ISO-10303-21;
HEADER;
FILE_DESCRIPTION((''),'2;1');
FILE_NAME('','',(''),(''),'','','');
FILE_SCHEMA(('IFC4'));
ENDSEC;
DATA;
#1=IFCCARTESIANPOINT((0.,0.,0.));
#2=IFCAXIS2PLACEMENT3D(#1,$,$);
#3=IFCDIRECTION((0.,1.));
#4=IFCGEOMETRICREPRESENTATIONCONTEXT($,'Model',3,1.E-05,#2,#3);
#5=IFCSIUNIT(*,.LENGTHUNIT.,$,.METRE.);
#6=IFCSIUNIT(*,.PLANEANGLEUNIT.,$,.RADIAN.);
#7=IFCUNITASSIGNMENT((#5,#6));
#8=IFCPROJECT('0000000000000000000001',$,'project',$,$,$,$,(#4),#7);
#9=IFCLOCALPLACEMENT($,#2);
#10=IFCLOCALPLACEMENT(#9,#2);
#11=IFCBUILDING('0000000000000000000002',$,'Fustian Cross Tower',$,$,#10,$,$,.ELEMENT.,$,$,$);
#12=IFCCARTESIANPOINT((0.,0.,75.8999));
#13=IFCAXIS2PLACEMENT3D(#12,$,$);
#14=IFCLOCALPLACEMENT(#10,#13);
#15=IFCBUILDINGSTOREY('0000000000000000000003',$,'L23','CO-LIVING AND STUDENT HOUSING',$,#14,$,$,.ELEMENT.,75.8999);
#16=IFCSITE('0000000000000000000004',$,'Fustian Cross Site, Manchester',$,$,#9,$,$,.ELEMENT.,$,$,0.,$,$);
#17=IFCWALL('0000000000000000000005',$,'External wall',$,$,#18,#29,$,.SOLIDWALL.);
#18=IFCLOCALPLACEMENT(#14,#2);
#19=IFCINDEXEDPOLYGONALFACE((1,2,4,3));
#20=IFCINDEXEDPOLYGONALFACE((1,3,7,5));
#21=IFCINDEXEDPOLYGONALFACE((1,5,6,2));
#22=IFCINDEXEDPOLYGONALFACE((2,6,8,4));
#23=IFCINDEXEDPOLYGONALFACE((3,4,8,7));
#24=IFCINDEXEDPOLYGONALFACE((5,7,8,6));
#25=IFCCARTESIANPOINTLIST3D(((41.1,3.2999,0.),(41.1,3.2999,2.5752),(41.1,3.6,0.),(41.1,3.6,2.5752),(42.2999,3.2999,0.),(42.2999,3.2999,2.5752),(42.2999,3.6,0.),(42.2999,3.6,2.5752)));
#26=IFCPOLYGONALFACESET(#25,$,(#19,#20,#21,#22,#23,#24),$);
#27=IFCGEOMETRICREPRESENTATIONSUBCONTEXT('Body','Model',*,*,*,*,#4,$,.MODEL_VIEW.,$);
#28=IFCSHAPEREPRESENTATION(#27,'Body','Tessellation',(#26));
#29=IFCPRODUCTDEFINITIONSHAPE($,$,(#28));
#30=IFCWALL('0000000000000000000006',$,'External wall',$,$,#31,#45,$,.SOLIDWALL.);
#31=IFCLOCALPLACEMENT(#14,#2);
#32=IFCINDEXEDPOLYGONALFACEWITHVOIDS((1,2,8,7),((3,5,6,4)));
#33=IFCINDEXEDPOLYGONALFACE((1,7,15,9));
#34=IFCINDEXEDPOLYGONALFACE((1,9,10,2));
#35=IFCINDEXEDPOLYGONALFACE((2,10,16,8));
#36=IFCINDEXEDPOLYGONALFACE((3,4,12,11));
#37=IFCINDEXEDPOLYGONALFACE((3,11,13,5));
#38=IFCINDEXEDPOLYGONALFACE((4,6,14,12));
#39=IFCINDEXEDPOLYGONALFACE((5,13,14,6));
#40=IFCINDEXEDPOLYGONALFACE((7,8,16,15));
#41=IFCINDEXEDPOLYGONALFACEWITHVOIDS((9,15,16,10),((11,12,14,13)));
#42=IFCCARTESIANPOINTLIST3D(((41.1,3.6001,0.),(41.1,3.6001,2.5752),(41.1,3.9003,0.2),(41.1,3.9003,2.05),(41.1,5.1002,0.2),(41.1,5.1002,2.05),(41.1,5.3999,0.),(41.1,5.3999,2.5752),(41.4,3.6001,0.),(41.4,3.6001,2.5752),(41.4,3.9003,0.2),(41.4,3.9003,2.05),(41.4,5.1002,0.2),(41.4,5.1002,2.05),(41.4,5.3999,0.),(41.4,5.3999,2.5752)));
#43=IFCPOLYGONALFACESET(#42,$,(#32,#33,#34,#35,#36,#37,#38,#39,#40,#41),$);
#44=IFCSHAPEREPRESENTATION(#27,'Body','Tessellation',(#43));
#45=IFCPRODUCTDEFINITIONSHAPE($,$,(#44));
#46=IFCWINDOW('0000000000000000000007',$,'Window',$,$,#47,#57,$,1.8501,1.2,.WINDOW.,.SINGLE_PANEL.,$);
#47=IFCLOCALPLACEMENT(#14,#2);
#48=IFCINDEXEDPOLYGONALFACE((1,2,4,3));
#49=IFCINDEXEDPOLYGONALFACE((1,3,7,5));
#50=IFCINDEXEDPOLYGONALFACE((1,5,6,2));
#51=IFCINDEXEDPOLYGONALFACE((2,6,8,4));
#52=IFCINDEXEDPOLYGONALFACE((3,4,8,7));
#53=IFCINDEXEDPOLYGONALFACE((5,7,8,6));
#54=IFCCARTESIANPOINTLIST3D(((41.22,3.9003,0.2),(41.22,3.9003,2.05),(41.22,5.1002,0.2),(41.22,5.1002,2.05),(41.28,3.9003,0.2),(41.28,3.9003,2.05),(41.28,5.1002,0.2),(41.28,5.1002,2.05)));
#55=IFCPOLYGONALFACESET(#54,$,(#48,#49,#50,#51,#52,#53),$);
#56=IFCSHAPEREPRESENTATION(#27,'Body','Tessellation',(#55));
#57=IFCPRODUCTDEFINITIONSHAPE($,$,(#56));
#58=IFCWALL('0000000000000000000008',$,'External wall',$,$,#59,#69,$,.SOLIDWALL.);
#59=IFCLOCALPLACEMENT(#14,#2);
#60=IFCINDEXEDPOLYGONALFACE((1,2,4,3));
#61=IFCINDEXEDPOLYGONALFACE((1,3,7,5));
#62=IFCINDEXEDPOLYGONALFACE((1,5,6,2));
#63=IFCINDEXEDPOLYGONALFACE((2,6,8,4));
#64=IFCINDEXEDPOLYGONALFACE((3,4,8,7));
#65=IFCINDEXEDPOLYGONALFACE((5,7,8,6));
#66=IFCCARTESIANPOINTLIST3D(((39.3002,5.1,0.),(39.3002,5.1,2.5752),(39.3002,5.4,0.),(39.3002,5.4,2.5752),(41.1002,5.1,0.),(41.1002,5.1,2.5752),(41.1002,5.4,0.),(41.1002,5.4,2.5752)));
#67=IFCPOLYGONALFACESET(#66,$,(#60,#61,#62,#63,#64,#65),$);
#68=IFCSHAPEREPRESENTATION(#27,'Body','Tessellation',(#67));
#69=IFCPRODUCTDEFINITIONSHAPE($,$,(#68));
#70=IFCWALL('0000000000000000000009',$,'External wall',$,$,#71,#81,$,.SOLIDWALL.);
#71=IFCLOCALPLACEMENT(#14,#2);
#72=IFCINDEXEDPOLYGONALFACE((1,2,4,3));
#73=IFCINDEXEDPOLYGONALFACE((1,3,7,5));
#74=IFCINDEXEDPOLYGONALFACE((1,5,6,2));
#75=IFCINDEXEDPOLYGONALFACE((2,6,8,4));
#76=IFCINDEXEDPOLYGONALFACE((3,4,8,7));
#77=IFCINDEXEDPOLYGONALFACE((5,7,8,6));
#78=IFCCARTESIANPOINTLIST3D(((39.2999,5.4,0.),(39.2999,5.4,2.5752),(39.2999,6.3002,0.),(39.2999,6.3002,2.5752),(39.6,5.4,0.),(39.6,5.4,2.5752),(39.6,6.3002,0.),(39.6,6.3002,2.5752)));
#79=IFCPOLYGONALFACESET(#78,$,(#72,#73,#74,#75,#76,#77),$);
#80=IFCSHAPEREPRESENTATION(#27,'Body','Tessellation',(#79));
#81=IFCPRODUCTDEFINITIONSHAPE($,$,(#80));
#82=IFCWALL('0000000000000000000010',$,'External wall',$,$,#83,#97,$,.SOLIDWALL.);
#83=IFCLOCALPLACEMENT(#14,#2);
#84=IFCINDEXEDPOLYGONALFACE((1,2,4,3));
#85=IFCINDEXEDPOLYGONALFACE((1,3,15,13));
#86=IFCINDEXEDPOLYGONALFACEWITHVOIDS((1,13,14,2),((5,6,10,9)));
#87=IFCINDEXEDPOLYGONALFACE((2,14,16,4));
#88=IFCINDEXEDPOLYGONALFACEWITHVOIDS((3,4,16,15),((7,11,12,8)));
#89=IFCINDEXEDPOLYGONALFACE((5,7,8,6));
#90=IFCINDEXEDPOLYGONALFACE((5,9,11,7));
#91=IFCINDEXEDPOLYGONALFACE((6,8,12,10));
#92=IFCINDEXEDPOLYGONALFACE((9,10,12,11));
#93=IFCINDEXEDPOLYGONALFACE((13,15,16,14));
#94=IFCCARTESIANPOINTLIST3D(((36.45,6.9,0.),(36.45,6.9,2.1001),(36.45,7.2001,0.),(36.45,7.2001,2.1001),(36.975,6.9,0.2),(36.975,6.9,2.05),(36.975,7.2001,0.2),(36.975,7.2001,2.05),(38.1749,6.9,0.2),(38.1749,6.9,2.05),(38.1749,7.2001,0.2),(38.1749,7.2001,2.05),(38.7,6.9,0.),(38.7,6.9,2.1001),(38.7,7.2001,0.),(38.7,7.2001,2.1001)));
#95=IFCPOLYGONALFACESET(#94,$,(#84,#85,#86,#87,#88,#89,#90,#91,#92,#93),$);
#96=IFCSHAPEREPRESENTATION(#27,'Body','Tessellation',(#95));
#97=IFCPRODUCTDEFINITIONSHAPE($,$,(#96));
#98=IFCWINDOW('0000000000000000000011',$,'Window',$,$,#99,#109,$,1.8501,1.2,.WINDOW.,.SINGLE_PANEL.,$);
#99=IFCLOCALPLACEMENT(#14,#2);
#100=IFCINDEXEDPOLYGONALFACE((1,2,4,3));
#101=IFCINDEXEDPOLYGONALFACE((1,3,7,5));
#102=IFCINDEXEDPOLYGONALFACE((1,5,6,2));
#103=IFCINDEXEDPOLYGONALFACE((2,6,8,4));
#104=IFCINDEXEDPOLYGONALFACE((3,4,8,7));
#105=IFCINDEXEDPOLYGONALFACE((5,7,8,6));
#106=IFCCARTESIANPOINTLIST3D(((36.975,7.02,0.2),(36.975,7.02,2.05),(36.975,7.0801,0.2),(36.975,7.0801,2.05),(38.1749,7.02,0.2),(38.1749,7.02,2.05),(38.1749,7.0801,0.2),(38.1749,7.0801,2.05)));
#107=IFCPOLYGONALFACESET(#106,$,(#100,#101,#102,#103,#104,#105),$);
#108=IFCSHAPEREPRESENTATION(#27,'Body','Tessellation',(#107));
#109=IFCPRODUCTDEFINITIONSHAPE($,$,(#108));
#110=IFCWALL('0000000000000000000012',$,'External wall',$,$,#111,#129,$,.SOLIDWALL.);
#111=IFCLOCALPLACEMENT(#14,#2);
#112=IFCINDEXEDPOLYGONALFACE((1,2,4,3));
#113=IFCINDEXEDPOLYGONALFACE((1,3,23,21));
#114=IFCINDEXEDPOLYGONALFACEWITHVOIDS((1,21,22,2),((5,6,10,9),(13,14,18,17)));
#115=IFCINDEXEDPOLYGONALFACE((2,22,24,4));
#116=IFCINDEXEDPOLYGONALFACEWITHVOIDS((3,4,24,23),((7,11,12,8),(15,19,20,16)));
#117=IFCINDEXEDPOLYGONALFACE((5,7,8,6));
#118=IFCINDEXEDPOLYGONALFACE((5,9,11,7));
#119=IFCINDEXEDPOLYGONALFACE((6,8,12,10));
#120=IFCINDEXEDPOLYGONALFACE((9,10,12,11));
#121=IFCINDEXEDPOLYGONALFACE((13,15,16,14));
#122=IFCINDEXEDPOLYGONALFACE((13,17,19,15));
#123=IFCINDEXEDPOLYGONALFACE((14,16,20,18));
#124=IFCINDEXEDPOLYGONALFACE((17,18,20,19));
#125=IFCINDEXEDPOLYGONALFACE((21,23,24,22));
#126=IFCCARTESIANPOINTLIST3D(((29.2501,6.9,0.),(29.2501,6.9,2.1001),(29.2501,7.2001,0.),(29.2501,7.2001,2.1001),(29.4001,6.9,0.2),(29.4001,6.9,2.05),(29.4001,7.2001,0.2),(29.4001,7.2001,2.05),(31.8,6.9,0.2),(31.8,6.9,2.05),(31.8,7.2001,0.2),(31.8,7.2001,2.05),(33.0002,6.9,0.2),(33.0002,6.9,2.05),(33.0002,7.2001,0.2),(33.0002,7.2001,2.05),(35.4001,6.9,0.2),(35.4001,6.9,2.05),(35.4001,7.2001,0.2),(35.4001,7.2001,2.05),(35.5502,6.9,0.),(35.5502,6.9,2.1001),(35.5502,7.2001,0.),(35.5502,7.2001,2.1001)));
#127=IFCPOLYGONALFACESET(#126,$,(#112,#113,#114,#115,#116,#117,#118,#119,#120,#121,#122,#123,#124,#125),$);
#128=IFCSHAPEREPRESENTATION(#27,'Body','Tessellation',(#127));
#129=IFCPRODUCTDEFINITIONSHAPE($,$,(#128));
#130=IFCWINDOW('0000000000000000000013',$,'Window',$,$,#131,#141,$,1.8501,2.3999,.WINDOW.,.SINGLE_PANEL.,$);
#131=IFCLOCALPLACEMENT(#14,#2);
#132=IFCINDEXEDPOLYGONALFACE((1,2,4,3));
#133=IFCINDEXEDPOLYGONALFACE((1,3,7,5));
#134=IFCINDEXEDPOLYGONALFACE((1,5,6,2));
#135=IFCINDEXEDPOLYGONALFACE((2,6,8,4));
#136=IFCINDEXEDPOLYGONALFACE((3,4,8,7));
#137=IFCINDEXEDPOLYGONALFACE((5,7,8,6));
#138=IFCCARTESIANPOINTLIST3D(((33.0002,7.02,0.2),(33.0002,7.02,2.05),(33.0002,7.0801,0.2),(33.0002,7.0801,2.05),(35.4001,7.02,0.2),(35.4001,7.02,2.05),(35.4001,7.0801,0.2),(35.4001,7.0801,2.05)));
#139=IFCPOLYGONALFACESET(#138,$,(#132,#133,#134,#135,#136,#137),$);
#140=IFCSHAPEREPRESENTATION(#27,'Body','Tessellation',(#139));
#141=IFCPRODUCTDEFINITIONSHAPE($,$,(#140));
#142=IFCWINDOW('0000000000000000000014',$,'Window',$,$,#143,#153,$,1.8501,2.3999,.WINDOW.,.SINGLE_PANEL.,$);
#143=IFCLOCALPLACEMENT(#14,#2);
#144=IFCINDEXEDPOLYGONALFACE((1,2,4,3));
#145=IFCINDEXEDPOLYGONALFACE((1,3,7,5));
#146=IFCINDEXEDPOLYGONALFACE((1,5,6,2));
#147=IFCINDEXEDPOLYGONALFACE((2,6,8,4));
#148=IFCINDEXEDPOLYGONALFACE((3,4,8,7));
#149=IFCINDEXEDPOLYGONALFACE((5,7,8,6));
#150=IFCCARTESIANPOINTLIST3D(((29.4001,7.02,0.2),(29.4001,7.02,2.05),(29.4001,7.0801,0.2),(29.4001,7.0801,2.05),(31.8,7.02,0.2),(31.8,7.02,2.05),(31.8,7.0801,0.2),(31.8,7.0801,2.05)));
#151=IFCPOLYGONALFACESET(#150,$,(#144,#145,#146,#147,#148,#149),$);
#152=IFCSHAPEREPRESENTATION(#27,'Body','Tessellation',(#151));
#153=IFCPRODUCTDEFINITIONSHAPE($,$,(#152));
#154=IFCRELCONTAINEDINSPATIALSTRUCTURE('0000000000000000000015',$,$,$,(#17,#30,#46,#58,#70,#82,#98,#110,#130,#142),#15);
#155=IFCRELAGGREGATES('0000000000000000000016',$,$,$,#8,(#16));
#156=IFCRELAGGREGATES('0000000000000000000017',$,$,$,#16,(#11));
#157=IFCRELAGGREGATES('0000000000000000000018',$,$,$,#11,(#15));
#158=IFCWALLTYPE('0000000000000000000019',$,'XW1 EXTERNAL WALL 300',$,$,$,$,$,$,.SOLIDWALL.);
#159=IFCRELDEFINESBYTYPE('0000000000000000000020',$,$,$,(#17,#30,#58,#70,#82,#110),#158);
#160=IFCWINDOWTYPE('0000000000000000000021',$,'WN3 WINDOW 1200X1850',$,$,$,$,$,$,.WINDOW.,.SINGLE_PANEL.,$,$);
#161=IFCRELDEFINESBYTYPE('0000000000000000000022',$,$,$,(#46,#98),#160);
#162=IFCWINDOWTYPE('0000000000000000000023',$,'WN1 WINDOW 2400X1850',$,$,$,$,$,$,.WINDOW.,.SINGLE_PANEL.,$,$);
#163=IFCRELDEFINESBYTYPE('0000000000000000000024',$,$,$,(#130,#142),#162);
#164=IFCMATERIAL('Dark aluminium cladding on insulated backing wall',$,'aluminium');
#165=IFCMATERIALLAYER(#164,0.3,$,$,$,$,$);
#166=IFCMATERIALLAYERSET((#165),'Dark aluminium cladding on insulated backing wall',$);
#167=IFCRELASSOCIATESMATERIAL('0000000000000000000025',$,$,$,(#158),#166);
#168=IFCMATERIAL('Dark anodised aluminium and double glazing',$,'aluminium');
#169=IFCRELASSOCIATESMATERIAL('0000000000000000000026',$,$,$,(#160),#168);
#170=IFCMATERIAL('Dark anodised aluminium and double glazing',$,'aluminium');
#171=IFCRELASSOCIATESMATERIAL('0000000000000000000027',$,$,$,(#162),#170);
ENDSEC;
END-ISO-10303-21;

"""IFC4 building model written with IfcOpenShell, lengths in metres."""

from ifc_helpers import new_model, si_unit, direction, frame, frame_2d, origin, place, context, subcontext, project, spatial, rectangle, extrude, material, layer, layer_set, type_object, element, fill, save


model = new_model("IFC4")

# Units and contexts
model_context = context("Model", 3, precision=1e-05, world=origin(), true_north=direction((0.0, 1.0)))
body_context = subcontext(model_context, "Body", "Model", "MODEL_VIEW")
ifc_project = project(units=[si_unit("LENGTHUNIT", "METRE"), si_unit("PLANEANGLEUNIT", "RADIAN")], contexts=[model_context])

# Site, building, storey
site_placement = place(None, origin())
site = spatial("IfcSite", under=ifc_project, at=site_placement, Name="Fustian Cross Site, Manchester", CompositionType="ELEMENT", RefElevation=0.0)
building_placement = place(site_placement, origin())
building = spatial("IfcBuilding", under=site, at=building_placement, Name="Fustian Cross Tower", CompositionType="ELEMENT")
storey_placement = place(building_placement, frame((0.0, 0.0, 75.8999)))
storey = spatial("IfcBuildingStorey", under=building, at=storey_placement, Name="L23", Description="CO-LIVING AND STUDENT HOUSING", CompositionType="ELEMENT", Elevation=75.8999)

# Wall
ifc_material_1 = material(Name="Dark aluminium cladding on insulated backing wall", Category="aluminium")
ifc_layer_1 = layer(ifc_material_1, 0.3)
ifc_layer_set_1 = layer_set([ifc_layer_1], Name="Dark aluminium cladding on insulated backing wall")
wall_type_1 = type_object("IfcWallType", Name="XW1 EXTERNAL WALL 300", PredefinedType="SOLIDWALL", material=ifc_layer_set_1)
wall_1_placement = place(storey_placement, frame((42.3, 3.45, 0.0), z_axis=(0.0, 0.0, 1.0), x_axis=(-1.0, 0.0, 0.0)))
element("IfcWall", 1, at=wall_1_placement, inside=storey, type_object=wall_type_1, Name="External wall", PredefinedType="SOLIDWALL", context=body_context, shape_type="SweptSolid", body=[
    extrude(rectangle(XDim=1.2, YDim=0.3, at=frame_2d((0.6001, 0.0))), origin(), (0.0, 0.0, 1.0), 2.5752),
])

# Wall, opening, window
wall_2_placement = place(storey_placement, frame((41.25, 3.6001, 0.0), z_axis=(0.0, 0.0, 1.0), x_axis=(0.0, 1.0, 0.0)))
wall_2 = element("IfcWall", 2, at=wall_2_placement, inside=storey, type_object=wall_type_1, Name="External wall", PredefinedType="SOLIDWALL", context=body_context, shape_type="SweptSolid", body=[
    extrude(rectangle(XDim=1.7998, YDim=0.3, at=frame_2d((0.8999, 0.0))), origin(), (0.0, 0.0, 1.0), 2.5752),
])
opening_1_placement = place(wall_2_placement, frame((0.3, 0.0, 0.2)))
opening_1 = element("IfcOpeningElement", 3, at=opening_1_placement, cuts=wall_2, PredefinedType="OPENING", context=body_context, shape_type="SweptSolid", body=[
    extrude(rectangle(XDim=1.2, YDim=1.8501, at=frame_2d((0.6001, 0.925))), frame((0.0, 0.1599, 0.0), z_axis=(0.0, -1.0, 0.0), x_axis=(1.0, 0.0, 0.0)), (0.0, 0.0, 1.0), 0.3201),
])
ifc_material_2 = material(Name="Dark anodised aluminium and double glazing", Category="aluminium")
window_type_1 = type_object("IfcWindowType", Name="WN3 WINDOW 1200X1850", PartitioningType="SINGLE_PANEL", PredefinedType="WINDOW", material=ifc_material_2)
window_1_placement = place(opening_1_placement, origin())
window_1 = element("IfcWindow", 4, at=window_1_placement, inside=storey, type_object=window_type_1, Name="Window", OverallHeight=1.8501, OverallWidth=1.2, PartitioningType="SINGLE_PANEL", PredefinedType="WINDOW", context=body_context, shape_type="SweptSolid", body=[
    extrude(rectangle(XDim=1.2, YDim=1.8501, at=frame_2d((0.6001, 0.925))), frame((0.0, 0.03, 0.0), z_axis=(0.0, -1.0, 0.0), x_axis=(1.0, 0.0, 0.0)), (0.0, 0.0, 1.0), 0.0601),
])
fill(opening_1, window_1)

# Walls
wall_3_placement = place(storey_placement, frame((41.1001, 5.25, 0.0), z_axis=(0.0, 0.0, 1.0), x_axis=(-1.0, 0.0, 0.0)))
element("IfcWall", 5, at=wall_3_placement, inside=storey, type_object=wall_type_1, Name="External wall", PredefinedType="SOLIDWALL", context=body_context, shape_type="SweptSolid", body=[
    extrude(rectangle(XDim=1.8, YDim=0.3, at=frame_2d((0.8999, 0.0))), origin(), (0.0, 0.0, 1.0), 2.5752),
])
wall_4_placement = place(storey_placement, frame((39.45, 5.3999, 0.0), z_axis=(0.0, 0.0, 1.0), x_axis=(0.0, 1.0, 0.0)))
element("IfcWall", 6, at=wall_4_placement, inside=storey, type_object=wall_type_1, Name="External wall", PredefinedType="SOLIDWALL", context=body_context, shape_type="SweptSolid", body=[
    extrude(rectangle(XDim=0.9001, YDim=0.3, at=frame_2d((0.4502, 0.0))), origin(), (0.0, 0.0, 1.0), 2.5752),
])

# Wall, opening, window
wall_5_placement = place(storey_placement, frame((38.7, 7.05, 0.0), z_axis=(0.0, 0.0, 1.0), x_axis=(-1.0, 0.0, 0.0)))
wall_5 = element("IfcWall", 7, at=wall_5_placement, inside=storey, type_object=wall_type_1, Name="External wall", PredefinedType="SOLIDWALL", context=body_context, shape_type="SweptSolid", body=[
    extrude(rectangle(XDim=2.25, YDim=0.3, at=frame_2d((1.125, 0.0))), origin(), (0.0, 0.0, 1.0), 2.1001),
])
opening_2_placement = place(wall_5_placement, frame((0.5249, 0.0, 0.2)))
opening_2 = element("IfcOpeningElement", 8, at=opening_2_placement, cuts=wall_5, PredefinedType="OPENING", context=body_context, shape_type="SweptSolid", body=[
    extrude(rectangle(XDim=1.2, YDim=1.8501, at=frame_2d((0.6001, 0.925))), frame((0.0, 0.1599, 0.0), z_axis=(0.0, -1.0, 0.0), x_axis=(1.0, 0.0, 0.0)), (0.0, 0.0, 1.0), 0.3201),
])
window_2_placement = place(opening_2_placement, origin())
window_2 = element("IfcWindow", 9, at=window_2_placement, inside=storey, type_object=window_type_1, Name="Window", OverallHeight=1.8501, OverallWidth=1.2, PartitioningType="SINGLE_PANEL", PredefinedType="WINDOW", context=body_context, shape_type="SweptSolid", body=[
    extrude(rectangle(XDim=1.2, YDim=1.8501, at=frame_2d((0.6001, 0.925))), frame((0.0, 0.03, 0.0), z_axis=(0.0, -1.0, 0.0), x_axis=(1.0, 0.0, 0.0)), (0.0, 0.0, 1.0), 0.0601),
])
fill(opening_2, window_2)

# Wall, openings, windows
wall_6_placement = place(storey_placement, frame((35.55, 7.05, 0.0), z_axis=(0.0, 0.0, 1.0), x_axis=(-1.0, 0.0, 0.0)))
wall_6 = element("IfcWall", 10, at=wall_6_placement, inside=storey, type_object=wall_type_1, Name="External wall", PredefinedType="SOLIDWALL", context=body_context, shape_type="SweptSolid", body=[
    extrude(rectangle(XDim=6.3, YDim=0.3, at=frame_2d((3.1499, 0.0))), origin(), (0.0, 0.0, 1.0), 2.1001),
])
opening_3_placement = place(wall_6_placement, frame((0.1499, 0.0, 0.2)))
opening_3 = element("IfcOpeningElement", 11, at=opening_3_placement, cuts=wall_6, PredefinedType="OPENING", context=body_context, shape_type="SweptSolid", body=[
    extrude(rectangle(XDim=2.3999, YDim=1.8501, at=frame_2d((1.2, 0.925))), frame((0.0, 0.1599, 0.0), z_axis=(0.0, -1.0, 0.0), x_axis=(1.0, 0.0, 0.0)), (0.0, 0.0, 1.0), 0.3201),
])
opening_4_placement = place(wall_6_placement, frame((3.75, 0.0, 0.2)))
opening_4 = element("IfcOpeningElement", 12, at=opening_4_placement, cuts=wall_6, PredefinedType="OPENING", context=body_context, shape_type="SweptSolid", body=[
    extrude(rectangle(XDim=2.3999, YDim=1.8501, at=frame_2d((1.2, 0.925))), frame((0.0, 0.1599, 0.0), z_axis=(0.0, -1.0, 0.0), x_axis=(1.0, 0.0, 0.0)), (0.0, 0.0, 1.0), 0.3201),
])
ifc_material_3 = material(Name="Dark anodised aluminium and double glazing", Category="aluminium")
window_type_2 = type_object("IfcWindowType", Name="WN1 WINDOW 2400X1850", PartitioningType="SINGLE_PANEL", PredefinedType="WINDOW", material=ifc_material_3)
window_3_placement = place(opening_3_placement, origin())
window_3 = element("IfcWindow", 13, at=window_3_placement, inside=storey, type_object=window_type_2, Name="Window", OverallHeight=1.8501, OverallWidth=2.3999, PartitioningType="SINGLE_PANEL", PredefinedType="WINDOW", context=body_context, shape_type="SweptSolid", body=[
    extrude(rectangle(XDim=2.3999, YDim=1.8501, at=frame_2d((1.2, 0.925))), frame((0.0, 0.03, 0.0), z_axis=(0.0, -1.0, 0.0), x_axis=(1.0, 0.0, 0.0)), (0.0, 0.0, 1.0), 0.0601),
])
fill(opening_3, window_3)
window_4_placement = place(opening_4_placement, origin())
window_4 = element("IfcWindow", 14, at=window_4_placement, inside=storey, type_object=window_type_2, Name="Window", OverallHeight=1.8501, OverallWidth=2.3999, PartitioningType="SINGLE_PANEL", PredefinedType="WINDOW", context=body_context, shape_type="SweptSolid", body=[
    extrude(rectangle(XDim=2.3999, YDim=1.8501, at=frame_2d((1.2, 0.925))), frame((0.0, 0.03, 0.0), z_axis=(0.0, -1.0, 0.0), x_axis=(1.0, 0.0, 0.0)), (0.0, 0.0, 1.0), 0.0601),
])
fill(opening_4, window_4)

save(model, "model.ifc")
